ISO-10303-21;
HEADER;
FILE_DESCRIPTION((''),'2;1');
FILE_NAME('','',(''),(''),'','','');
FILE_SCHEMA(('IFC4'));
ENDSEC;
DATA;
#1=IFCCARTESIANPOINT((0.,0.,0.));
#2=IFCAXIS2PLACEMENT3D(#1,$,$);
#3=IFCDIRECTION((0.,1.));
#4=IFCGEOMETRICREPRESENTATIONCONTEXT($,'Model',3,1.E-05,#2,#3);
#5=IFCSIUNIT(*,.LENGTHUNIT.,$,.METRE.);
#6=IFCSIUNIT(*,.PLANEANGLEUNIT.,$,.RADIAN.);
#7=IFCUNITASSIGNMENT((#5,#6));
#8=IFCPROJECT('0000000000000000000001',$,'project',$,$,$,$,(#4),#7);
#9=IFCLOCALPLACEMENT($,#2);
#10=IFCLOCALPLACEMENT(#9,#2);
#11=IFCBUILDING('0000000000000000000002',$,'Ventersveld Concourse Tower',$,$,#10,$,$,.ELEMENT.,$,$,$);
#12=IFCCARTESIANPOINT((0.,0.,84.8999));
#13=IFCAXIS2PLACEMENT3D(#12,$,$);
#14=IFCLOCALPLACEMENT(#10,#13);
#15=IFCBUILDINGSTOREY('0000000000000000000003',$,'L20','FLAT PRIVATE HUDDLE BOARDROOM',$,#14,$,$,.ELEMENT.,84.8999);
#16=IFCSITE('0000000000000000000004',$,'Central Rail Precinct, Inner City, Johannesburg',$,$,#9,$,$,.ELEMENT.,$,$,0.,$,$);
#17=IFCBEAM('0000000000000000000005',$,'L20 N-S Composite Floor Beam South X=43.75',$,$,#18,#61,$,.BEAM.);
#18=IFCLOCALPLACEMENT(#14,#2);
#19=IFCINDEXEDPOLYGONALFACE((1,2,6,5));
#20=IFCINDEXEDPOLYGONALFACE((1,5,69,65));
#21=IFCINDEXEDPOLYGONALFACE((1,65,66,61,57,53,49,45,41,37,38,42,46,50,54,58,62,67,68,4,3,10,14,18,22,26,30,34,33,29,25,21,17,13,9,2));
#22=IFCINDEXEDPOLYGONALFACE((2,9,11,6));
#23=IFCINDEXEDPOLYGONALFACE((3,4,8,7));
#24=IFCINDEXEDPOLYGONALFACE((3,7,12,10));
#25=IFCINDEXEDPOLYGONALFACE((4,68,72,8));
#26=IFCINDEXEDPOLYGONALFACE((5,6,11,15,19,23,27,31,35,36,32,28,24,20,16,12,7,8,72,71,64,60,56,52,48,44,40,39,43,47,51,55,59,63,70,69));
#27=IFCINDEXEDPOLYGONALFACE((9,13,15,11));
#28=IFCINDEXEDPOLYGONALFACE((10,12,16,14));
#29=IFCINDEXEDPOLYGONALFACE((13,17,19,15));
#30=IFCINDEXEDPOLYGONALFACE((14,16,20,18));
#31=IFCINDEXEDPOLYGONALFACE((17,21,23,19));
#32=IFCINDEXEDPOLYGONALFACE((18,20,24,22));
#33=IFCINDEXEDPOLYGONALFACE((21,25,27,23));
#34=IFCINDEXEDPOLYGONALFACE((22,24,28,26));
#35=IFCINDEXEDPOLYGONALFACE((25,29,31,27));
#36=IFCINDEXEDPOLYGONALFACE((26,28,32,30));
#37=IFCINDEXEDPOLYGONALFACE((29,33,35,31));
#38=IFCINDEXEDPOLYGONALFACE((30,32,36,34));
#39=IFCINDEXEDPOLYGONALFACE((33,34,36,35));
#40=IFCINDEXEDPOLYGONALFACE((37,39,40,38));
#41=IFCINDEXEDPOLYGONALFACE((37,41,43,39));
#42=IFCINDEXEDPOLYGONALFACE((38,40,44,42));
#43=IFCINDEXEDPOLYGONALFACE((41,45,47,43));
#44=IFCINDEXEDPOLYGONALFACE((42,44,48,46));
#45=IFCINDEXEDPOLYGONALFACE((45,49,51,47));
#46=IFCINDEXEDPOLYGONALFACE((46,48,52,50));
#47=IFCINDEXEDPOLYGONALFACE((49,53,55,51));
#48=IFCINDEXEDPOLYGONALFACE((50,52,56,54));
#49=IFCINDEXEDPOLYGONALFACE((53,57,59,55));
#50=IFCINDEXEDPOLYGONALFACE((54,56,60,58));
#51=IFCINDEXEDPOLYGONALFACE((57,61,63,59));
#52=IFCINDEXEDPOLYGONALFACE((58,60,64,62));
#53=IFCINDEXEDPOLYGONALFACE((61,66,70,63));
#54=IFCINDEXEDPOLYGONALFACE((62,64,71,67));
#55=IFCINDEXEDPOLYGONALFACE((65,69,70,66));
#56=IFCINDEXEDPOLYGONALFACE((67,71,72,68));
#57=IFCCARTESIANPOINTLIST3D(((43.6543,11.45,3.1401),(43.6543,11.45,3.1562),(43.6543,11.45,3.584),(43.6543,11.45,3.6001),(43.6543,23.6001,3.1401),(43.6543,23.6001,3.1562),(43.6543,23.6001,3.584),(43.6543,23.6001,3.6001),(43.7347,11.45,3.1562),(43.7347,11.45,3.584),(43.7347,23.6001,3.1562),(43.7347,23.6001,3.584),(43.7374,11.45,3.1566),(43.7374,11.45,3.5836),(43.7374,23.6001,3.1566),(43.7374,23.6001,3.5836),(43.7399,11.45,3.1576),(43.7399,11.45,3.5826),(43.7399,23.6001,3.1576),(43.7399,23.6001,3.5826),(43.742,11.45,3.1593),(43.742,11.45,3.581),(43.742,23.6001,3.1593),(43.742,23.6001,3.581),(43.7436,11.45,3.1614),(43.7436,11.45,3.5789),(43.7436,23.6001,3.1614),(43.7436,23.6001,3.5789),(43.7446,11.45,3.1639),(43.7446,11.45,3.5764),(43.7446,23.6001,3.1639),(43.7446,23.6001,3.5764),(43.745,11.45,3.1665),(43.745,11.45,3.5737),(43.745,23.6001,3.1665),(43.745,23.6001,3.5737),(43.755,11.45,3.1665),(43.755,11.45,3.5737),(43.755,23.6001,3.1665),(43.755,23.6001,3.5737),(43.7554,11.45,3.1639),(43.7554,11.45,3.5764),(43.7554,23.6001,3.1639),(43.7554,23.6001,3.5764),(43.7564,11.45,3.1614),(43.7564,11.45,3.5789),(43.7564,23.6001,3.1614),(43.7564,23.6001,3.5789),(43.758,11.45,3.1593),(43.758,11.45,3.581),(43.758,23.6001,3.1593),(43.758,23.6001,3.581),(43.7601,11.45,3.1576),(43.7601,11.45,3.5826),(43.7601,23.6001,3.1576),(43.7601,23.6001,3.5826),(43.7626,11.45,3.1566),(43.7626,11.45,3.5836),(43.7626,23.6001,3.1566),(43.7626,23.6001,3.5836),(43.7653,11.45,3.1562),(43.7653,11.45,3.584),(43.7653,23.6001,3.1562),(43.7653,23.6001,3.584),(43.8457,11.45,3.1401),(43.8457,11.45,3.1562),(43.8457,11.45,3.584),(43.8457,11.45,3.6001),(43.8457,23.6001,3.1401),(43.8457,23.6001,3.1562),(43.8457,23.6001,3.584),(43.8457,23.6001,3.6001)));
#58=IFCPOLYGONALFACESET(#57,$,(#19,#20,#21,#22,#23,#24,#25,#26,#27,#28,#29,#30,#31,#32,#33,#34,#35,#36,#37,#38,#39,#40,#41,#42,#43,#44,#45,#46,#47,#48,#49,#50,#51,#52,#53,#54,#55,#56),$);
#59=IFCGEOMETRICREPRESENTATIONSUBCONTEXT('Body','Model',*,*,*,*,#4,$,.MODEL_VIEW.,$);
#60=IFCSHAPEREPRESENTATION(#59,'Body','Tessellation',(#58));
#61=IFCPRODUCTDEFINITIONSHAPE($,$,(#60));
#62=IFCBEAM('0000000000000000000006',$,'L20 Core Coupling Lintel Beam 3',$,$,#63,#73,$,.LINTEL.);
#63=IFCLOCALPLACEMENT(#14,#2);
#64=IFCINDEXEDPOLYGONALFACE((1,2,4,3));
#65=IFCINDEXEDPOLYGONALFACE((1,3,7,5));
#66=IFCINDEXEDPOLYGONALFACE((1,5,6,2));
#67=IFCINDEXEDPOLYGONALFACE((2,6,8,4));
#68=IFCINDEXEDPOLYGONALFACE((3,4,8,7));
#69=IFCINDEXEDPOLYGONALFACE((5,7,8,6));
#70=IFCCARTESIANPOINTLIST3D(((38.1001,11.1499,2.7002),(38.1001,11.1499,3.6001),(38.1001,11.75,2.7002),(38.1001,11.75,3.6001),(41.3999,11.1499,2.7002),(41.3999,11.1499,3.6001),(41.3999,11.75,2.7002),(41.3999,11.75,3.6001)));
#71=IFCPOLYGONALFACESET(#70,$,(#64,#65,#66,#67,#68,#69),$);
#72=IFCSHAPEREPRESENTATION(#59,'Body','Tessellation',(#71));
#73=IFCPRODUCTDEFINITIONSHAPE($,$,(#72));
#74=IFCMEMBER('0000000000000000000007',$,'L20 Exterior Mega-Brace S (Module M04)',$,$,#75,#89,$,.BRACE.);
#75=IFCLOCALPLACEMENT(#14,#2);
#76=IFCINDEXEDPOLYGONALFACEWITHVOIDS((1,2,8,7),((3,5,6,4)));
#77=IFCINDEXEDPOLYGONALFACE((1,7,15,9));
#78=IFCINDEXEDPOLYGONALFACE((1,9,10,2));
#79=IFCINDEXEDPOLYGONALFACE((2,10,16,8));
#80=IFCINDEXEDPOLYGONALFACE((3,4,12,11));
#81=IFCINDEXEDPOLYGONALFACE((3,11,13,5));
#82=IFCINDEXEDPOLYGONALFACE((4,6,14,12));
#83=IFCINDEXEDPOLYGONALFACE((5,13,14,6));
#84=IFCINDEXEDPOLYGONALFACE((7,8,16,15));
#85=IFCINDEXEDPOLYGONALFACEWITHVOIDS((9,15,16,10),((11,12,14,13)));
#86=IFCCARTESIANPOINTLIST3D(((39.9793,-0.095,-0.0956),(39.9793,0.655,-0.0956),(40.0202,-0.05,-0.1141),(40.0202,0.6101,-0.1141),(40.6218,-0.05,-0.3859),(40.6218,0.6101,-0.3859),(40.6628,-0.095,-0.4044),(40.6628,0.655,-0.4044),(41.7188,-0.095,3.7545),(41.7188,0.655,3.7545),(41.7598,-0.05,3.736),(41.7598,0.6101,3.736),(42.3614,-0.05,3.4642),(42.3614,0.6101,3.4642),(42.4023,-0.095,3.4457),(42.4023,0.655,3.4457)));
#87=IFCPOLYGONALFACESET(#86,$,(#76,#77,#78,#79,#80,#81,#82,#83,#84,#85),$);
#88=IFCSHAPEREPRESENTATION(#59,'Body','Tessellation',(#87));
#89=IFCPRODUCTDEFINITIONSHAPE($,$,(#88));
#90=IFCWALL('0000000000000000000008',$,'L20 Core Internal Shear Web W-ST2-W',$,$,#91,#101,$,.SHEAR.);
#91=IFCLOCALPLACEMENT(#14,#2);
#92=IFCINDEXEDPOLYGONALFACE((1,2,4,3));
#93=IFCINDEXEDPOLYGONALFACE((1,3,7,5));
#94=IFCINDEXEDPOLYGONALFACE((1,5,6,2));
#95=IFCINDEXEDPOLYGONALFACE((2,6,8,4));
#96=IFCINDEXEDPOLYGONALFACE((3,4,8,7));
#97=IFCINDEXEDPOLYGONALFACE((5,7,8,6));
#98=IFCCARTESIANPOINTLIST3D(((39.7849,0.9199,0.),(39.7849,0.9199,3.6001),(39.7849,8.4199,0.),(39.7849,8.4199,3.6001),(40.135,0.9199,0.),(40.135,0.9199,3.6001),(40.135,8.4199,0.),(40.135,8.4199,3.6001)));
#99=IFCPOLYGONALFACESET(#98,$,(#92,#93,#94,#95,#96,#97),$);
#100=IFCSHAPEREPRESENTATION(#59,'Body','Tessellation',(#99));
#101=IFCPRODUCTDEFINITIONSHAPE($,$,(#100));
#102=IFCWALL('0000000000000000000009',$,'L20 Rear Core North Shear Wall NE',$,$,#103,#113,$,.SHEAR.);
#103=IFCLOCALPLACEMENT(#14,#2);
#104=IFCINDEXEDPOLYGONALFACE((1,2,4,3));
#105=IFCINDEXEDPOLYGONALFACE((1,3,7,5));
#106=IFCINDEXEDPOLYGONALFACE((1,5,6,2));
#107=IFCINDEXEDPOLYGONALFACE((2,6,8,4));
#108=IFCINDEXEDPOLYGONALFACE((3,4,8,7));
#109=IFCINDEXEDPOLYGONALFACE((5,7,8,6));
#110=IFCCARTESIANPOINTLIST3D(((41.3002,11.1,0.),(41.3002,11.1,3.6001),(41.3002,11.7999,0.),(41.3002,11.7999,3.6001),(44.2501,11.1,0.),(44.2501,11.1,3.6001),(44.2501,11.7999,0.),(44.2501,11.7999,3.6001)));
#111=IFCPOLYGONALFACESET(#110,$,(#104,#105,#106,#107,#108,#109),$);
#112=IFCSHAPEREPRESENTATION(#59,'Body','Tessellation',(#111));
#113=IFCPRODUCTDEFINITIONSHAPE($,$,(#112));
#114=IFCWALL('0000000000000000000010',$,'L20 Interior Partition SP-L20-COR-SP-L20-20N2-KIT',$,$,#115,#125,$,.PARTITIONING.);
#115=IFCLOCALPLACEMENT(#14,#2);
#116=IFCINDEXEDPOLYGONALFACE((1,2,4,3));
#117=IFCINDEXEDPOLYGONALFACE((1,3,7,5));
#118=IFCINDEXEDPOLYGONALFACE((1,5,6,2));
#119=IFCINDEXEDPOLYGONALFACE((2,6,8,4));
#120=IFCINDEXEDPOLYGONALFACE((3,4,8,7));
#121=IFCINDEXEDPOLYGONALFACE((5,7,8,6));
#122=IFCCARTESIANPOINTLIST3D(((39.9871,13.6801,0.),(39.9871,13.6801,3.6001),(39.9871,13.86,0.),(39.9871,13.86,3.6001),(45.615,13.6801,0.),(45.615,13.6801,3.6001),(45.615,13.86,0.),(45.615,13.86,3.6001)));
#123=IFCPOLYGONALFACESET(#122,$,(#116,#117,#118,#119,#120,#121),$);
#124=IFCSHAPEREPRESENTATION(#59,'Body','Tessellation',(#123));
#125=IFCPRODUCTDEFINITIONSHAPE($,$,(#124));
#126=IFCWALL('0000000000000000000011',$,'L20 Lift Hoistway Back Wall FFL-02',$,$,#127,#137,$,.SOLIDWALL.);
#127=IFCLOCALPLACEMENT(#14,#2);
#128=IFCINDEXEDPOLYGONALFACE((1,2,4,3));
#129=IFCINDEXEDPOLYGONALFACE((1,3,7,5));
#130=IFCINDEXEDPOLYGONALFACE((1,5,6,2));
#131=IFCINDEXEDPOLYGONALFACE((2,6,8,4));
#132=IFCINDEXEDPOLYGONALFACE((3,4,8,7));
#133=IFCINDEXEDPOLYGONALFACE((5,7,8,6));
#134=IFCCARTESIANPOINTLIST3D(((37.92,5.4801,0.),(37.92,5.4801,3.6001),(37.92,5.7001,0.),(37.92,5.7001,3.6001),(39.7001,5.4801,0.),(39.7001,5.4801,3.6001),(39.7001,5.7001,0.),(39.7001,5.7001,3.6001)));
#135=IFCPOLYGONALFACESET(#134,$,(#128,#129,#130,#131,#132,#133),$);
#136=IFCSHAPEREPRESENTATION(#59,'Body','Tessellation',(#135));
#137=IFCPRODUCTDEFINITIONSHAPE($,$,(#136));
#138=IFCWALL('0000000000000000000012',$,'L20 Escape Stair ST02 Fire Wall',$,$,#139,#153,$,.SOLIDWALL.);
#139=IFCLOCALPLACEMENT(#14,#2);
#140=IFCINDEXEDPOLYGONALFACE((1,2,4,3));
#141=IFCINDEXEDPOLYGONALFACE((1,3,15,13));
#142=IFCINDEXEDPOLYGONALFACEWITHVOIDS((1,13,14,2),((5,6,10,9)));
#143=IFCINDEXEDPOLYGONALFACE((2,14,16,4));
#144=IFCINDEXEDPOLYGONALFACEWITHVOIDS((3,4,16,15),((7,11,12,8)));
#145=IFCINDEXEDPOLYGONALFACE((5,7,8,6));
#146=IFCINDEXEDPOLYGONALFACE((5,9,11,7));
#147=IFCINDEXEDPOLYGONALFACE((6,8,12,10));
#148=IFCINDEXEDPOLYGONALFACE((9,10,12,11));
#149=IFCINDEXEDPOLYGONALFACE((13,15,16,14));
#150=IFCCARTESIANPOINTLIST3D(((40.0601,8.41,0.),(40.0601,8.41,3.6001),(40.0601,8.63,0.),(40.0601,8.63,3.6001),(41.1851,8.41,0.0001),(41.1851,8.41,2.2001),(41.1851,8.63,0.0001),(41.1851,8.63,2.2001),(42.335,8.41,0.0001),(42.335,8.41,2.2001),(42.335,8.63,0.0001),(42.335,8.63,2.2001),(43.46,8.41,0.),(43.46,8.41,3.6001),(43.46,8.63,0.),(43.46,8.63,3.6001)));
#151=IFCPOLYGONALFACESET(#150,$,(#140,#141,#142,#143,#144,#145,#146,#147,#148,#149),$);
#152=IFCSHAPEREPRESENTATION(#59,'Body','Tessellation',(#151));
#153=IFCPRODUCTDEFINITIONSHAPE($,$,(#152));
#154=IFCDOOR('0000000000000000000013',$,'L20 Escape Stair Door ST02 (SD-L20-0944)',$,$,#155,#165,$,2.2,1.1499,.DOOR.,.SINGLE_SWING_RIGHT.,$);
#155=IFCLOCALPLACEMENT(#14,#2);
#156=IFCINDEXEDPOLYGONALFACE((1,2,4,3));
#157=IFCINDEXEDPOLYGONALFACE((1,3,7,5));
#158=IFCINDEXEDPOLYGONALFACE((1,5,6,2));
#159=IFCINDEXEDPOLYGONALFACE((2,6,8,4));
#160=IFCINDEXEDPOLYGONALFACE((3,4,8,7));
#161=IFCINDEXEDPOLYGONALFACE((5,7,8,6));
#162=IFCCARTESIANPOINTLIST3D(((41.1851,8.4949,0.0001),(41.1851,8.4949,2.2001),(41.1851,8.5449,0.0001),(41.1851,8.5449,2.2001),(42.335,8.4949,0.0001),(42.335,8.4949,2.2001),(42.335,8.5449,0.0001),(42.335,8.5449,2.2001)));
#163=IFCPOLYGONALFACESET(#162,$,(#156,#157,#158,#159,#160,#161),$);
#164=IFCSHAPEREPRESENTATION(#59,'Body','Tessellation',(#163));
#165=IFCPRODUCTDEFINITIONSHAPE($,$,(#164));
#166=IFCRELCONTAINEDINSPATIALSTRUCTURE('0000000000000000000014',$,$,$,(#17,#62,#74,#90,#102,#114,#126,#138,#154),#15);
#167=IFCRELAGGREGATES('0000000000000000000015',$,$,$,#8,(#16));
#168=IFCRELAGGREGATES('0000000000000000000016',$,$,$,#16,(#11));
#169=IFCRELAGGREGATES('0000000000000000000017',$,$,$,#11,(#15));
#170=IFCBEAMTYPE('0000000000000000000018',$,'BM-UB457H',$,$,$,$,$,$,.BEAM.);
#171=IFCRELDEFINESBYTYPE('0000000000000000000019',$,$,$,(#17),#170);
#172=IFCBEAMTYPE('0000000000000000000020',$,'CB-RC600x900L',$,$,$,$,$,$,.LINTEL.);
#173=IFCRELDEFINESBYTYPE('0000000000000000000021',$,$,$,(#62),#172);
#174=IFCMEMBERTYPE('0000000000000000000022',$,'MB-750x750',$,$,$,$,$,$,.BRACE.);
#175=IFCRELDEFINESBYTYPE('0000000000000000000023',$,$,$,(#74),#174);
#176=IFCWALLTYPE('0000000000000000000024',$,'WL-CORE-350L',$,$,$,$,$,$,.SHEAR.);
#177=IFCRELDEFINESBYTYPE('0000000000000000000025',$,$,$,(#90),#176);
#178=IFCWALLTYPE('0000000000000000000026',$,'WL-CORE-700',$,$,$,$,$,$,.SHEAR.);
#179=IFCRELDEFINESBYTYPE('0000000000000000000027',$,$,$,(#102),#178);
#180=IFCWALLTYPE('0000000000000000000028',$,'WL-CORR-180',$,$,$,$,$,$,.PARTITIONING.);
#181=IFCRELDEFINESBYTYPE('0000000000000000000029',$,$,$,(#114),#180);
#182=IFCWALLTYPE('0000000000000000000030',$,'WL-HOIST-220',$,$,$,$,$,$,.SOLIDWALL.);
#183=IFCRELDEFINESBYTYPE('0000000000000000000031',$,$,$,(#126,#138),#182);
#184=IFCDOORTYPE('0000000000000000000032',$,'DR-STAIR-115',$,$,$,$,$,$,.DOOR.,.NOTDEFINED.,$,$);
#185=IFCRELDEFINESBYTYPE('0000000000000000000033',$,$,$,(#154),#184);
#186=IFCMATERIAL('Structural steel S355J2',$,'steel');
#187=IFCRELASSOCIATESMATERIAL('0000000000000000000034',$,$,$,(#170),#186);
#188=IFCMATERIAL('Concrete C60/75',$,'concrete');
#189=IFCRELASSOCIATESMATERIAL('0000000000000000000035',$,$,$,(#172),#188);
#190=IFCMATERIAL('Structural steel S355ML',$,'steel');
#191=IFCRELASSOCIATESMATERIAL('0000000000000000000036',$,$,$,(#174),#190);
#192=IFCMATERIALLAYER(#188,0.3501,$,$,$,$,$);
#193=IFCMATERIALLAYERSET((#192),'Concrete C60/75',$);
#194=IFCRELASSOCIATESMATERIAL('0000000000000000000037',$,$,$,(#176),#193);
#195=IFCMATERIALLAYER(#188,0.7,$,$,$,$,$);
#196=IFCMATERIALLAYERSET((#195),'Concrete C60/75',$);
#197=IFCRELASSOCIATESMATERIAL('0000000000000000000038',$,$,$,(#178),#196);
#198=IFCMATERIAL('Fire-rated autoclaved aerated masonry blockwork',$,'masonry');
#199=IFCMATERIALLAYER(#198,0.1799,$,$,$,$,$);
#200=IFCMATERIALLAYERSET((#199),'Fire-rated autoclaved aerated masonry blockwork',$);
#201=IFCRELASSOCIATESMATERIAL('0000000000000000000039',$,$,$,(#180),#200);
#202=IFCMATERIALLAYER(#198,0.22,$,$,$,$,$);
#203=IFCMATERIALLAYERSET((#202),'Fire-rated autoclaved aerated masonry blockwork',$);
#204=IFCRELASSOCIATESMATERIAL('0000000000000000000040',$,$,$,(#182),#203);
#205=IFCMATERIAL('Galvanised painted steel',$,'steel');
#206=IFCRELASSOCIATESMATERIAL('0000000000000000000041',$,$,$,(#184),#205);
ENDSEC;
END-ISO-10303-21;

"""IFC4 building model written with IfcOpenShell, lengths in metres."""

from ifc_helpers import new_model, si_unit, direction, frame, frame_2d, origin, origin_2d, place, context, subcontext, project, spatial, rectangle, hollow_rectangle, i_section, extrude, material, layer, layer_set, material_profile, profile_set, type_object, element, fill, save


model = new_model("IFC4")

# Units and contexts
model_context = context("Model", 3, precision=1e-05, world=origin(), true_north=direction((0.0, 1.0)))
body_context = subcontext(model_context, "Body", "Model", "MODEL_VIEW")
ifc_project = project(units=[si_unit("LENGTHUNIT", "METRE"), si_unit("PLANEANGLEUNIT", "RADIAN")], contexts=[model_context])

# Site, building, storey
site_placement = place(None, origin())
site = spatial("IfcSite", under=ifc_project, at=site_placement, Name="Central Rail Precinct, Inner City, Johannesburg", CompositionType="ELEMENT", RefElevation=0.0)
building_placement = place(site_placement, origin())
building = spatial("IfcBuilding", under=site, at=building_placement, Name="Ventersveld Concourse Tower", CompositionType="ELEMENT")
storey_placement = place(building_placement, frame((0.0, 0.0, 84.8999)))
storey = spatial("IfcBuildingStorey", under=building, at=storey_placement, Name="L20", Description="FLAT PRIVATE HUDDLE BOARDROOM", CompositionType="ELEMENT", Elevation=84.8999)

# Beams
ifc_material_1 = material(Name="Structural steel S355J2", Category="steel")
ifc_material_profile_1 = material_profile(ifc_material_1, i_section(OverallWidth=0.1914, OverallDepth=0.46, WebThickness=0.01, FlangeThickness=0.0161, FilletRadius=0.0103, at=origin_2d()), Name="UB 457x191x82")
ifc_profile_set_1 = profile_set([ifc_material_profile_1], Name="Structural steel S355J2")
beam_type_1 = type_object("IfcBeamType", Name="BM-UB457H", PredefinedType="BEAM", material=ifc_profile_set_1)
beam_1_placement = place(storey_placement, frame((43.75, 11.45, 3.3701), z_axis=(0.0, 1.0, 0.0), x_axis=(-1.0, 0.0, 0.0)))
element("IfcBeam", 1, at=beam_1_placement, inside=storey, type_object=beam_type_1, Name="L20 N-S Composite Floor Beam South X=43.75", PredefinedType="BEAM", context=body_context, shape_type="SweptSolid", body=[
    extrude(i_section(OverallWidth=0.1914, OverallDepth=0.46, WebThickness=0.01, FlangeThickness=0.0161, FilletRadius=0.0103, at=origin_2d()), origin(), (0.0, 0.0, 1.0), 12.1501),
])
ifc_material_2 = material(Name="Concrete C60/75", Category="concrete")
ifc_material_profile_2 = material_profile(ifc_material_2, rectangle(XDim=0.6001, YDim=0.8999, at=origin_2d()), Name="RC 600x900")
ifc_profile_set_2 = profile_set([ifc_material_profile_2], Name="Concrete C60/75")
beam_type_2 = type_object("IfcBeamType", Name="CB-RC600x900L", PredefinedType="LINTEL", material=ifc_profile_set_2)
beam_2_placement = place(storey_placement, frame((38.1001, 11.45, 3.1501), z_axis=(1.0, 0.0, 0.0), x_axis=(0.0, 1.0, 0.0)))
element("IfcBeam", 2, at=beam_2_placement, inside=storey, type_object=beam_type_2, Name="L20 Core Coupling Lintel Beam 3", PredefinedType="LINTEL", context=body_context, shape_type="SweptSolid", body=[
    extrude(rectangle(XDim=0.6001, YDim=0.8999, at=origin_2d()), origin(), (0.0, 0.0, 1.0), 3.2998),
])

# Member
ifc_material_3 = material(Name="Structural steel S355ML", Category="steel")
ifc_material_profile_3 = material_profile(ifc_material_3, hollow_rectangle(XDim=0.75, YDim=0.75, WallThickness=0.0449, at=origin_2d()), Name="BOX 750x750x45")
ifc_profile_set_3 = profile_set([ifc_material_profile_3], Name="Structural steel S355ML")
member_type = type_object("IfcMemberType", Name="MB-750x750", PredefinedType="BRACE", material=ifc_profile_set_3)
member_placement = place(storey_placement, frame((40.321, 0.28, -0.25), z_axis=(0.411734, 0.0, 0.911304), x_axis=(0.0, 1.0, 0.0)))
element("IfcMember", 3, at=member_placement, inside=storey, type_object=member_type, Name="L20 Exterior Mega-Brace S (Module M04)", PredefinedType="BRACE", context=body_context, shape_type="SweptSolid", body=[
    extrude(hollow_rectangle(XDim=0.75, YDim=0.75, WallThickness=0.0449, at=origin_2d()), origin(), (0.0, 0.0, 1.0), 4.2249),
])

# Walls
ifc_layer_1 = layer(ifc_material_2, 0.3501)
ifc_layer_set_1 = layer_set([ifc_layer_1], Name="Concrete C60/75")
wall_type_1 = type_object("IfcWallType", Name="WL-CORE-350L", PredefinedType="SHEAR", material=ifc_layer_set_1)
wall_1_placement = place(storey_placement, frame((39.96, 0.9199, 0.0), z_axis=(0.0, 0.0, 1.0), x_axis=(0.0, 1.0, 0.0)))
element("IfcWall", 4, at=wall_1_placement, inside=storey, type_object=wall_type_1, Name="L20 Core Internal Shear Web W-ST2-W", PredefinedType="SHEAR", context=body_context, shape_type="SweptSolid", body=[
    extrude(rectangle(XDim=7.5, YDim=0.3501, at=frame_2d((3.75, 0.0))), origin(), (0.0, 0.0, 1.0), 3.6001),
])
ifc_layer_2 = layer(ifc_material_2, 0.7)
ifc_layer_set_2 = layer_set([ifc_layer_2], Name="Concrete C60/75")
wall_type_2 = type_object("IfcWallType", Name="WL-CORE-700", PredefinedType="SHEAR", material=ifc_layer_set_2)
wall_2_placement = place(storey_placement, frame((41.3, 11.45, 0.0), z_axis=(0.0, 0.0, 1.0), x_axis=(1.0, 0.0, 0.0)))
element("IfcWall", 5, at=wall_2_placement, inside=storey, type_object=wall_type_2, Name="L20 Rear Core North Shear Wall NE", PredefinedType="SHEAR", context=body_context, shape_type="SweptSolid", body=[
    extrude(rectangle(XDim=2.95, YDim=0.7, at=frame_2d((1.4751, 0.0))), origin(), (0.0, 0.0, 1.0), 3.6001),
])
ifc_material_4 = material(Name="Fire-rated autoclaved aerated masonry blockwork", Category="masonry")
ifc_layer_3 = layer(ifc_material_4, 0.1799)
ifc_layer_set_3 = layer_set([ifc_layer_3], Name="Fire-rated autoclaved aerated masonry blockwork")
wall_type_3 = type_object("IfcWallType", Name="WL-CORR-180", PredefinedType="PARTITIONING", material=ifc_layer_set_3)
wall_3_placement = place(storey_placement, frame((39.9871, 13.77, 0.0), z_axis=(0.0, 0.0, 1.0), x_axis=(1.0, 0.0, 0.0)))
element("IfcWall", 6, at=wall_3_placement, inside=storey, type_object=wall_type_3, Name="L20 Interior Partition SP-L20-COR-SP-L20-20N2-KIT", PredefinedType="PARTITIONING", context=body_context, shape_type="SweptSolid", body=[
    extrude(rectangle(XDim=5.6279, YDim=0.1799, at=frame_2d((2.814, 0.0))), origin(), (0.0, 0.0, 1.0), 3.6001),
])
ifc_layer_4 = layer(ifc_material_4, 0.22)
ifc_layer_set_4 = layer_set([ifc_layer_4], Name="Fire-rated autoclaved aerated masonry blockwork")
wall_type_4 = type_object("IfcWallType", Name="WL-HOIST-220", PredefinedType="SOLIDWALL", material=ifc_layer_set_4)
wall_4_placement = place(storey_placement, frame((37.9199, 5.5901, 0.0), z_axis=(0.0, 0.0, 1.0), x_axis=(1.0, 0.0, 0.0)))
element("IfcWall", 7, at=wall_4_placement, inside=storey, type_object=wall_type_4, Name="L20 Lift Hoistway Back Wall FFL-02", PredefinedType="SOLIDWALL", context=body_context, shape_type="SweptSolid", body=[
    extrude(rectangle(XDim=1.78, YDim=0.22, at=frame_2d((0.8901, 0.0))), origin(), (0.0, 0.0, 1.0), 3.6001),
])

# Wall, opening, door
wall_5_placement = place(storey_placement, frame((40.0601, 8.52, 0.0), z_axis=(0.0, 0.0, 1.0), x_axis=(1.0, 0.0, 0.0)))
wall_5 = element("IfcWall", 8, at=wall_5_placement, inside=storey, type_object=wall_type_4, Name="L20 Escape Stair ST02 Fire Wall", PredefinedType="SOLIDWALL", context=body_context, shape_type="SweptSolid", body=[
    extrude(rectangle(XDim=3.3999, YDim=0.22, at=frame_2d((1.7, 0.0))), origin(), (0.0, 0.0, 1.0), 3.6001),
])
opening_1_placement = place(wall_5_placement, frame((1.125, 0.0, 0.0)))
opening_1 = element("IfcOpeningElement", 9, at=opening_1_placement, cuts=wall_5, PredefinedType="OPENING", context=body_context, shape_type="SweptSolid", body=[
    extrude(rectangle(XDim=1.1499, YDim=2.2, at=frame_2d((0.575, 1.1001))), frame((0.0, 0.1201, 0.0), z_axis=(0.0, -1.0, 0.0), x_axis=(1.0, 0.0, 0.0)), (0.0, 0.0, 1.0), 0.24),
])
ifc_material_5 = material(Name="Galvanised painted steel", Category="steel")
door_type_1 = type_object("IfcDoorType", Name="DR-STAIR-115", OperationType="NOTDEFINED", PredefinedType="DOOR", material=ifc_material_5)
door_1_placement = place(opening_1_placement, origin())
door_1 = element("IfcDoor", 10, at=door_1_placement, inside=storey, type_object=door_type_1, Name="L20 Escape Stair Door ST02 (SD-L20-0944)", OperationType="SINGLE_SWING_RIGHT", OverallHeight=2.2, OverallWidth=1.1499, PredefinedType="DOOR", context=body_context, shape_type="SweptSolid", body=[
    extrude(rectangle(XDim=1.1499, YDim=2.2, at=frame_2d((0.575, 1.1001))), frame((0.0, 0.0249, 0.0), z_axis=(0.0, -1.0, 0.0), x_axis=(1.0, 0.0, 0.0)), (0.0, 0.0, 1.0), 0.05),
])
fill(opening_1, door_1)

save(model, "model.ifc")
